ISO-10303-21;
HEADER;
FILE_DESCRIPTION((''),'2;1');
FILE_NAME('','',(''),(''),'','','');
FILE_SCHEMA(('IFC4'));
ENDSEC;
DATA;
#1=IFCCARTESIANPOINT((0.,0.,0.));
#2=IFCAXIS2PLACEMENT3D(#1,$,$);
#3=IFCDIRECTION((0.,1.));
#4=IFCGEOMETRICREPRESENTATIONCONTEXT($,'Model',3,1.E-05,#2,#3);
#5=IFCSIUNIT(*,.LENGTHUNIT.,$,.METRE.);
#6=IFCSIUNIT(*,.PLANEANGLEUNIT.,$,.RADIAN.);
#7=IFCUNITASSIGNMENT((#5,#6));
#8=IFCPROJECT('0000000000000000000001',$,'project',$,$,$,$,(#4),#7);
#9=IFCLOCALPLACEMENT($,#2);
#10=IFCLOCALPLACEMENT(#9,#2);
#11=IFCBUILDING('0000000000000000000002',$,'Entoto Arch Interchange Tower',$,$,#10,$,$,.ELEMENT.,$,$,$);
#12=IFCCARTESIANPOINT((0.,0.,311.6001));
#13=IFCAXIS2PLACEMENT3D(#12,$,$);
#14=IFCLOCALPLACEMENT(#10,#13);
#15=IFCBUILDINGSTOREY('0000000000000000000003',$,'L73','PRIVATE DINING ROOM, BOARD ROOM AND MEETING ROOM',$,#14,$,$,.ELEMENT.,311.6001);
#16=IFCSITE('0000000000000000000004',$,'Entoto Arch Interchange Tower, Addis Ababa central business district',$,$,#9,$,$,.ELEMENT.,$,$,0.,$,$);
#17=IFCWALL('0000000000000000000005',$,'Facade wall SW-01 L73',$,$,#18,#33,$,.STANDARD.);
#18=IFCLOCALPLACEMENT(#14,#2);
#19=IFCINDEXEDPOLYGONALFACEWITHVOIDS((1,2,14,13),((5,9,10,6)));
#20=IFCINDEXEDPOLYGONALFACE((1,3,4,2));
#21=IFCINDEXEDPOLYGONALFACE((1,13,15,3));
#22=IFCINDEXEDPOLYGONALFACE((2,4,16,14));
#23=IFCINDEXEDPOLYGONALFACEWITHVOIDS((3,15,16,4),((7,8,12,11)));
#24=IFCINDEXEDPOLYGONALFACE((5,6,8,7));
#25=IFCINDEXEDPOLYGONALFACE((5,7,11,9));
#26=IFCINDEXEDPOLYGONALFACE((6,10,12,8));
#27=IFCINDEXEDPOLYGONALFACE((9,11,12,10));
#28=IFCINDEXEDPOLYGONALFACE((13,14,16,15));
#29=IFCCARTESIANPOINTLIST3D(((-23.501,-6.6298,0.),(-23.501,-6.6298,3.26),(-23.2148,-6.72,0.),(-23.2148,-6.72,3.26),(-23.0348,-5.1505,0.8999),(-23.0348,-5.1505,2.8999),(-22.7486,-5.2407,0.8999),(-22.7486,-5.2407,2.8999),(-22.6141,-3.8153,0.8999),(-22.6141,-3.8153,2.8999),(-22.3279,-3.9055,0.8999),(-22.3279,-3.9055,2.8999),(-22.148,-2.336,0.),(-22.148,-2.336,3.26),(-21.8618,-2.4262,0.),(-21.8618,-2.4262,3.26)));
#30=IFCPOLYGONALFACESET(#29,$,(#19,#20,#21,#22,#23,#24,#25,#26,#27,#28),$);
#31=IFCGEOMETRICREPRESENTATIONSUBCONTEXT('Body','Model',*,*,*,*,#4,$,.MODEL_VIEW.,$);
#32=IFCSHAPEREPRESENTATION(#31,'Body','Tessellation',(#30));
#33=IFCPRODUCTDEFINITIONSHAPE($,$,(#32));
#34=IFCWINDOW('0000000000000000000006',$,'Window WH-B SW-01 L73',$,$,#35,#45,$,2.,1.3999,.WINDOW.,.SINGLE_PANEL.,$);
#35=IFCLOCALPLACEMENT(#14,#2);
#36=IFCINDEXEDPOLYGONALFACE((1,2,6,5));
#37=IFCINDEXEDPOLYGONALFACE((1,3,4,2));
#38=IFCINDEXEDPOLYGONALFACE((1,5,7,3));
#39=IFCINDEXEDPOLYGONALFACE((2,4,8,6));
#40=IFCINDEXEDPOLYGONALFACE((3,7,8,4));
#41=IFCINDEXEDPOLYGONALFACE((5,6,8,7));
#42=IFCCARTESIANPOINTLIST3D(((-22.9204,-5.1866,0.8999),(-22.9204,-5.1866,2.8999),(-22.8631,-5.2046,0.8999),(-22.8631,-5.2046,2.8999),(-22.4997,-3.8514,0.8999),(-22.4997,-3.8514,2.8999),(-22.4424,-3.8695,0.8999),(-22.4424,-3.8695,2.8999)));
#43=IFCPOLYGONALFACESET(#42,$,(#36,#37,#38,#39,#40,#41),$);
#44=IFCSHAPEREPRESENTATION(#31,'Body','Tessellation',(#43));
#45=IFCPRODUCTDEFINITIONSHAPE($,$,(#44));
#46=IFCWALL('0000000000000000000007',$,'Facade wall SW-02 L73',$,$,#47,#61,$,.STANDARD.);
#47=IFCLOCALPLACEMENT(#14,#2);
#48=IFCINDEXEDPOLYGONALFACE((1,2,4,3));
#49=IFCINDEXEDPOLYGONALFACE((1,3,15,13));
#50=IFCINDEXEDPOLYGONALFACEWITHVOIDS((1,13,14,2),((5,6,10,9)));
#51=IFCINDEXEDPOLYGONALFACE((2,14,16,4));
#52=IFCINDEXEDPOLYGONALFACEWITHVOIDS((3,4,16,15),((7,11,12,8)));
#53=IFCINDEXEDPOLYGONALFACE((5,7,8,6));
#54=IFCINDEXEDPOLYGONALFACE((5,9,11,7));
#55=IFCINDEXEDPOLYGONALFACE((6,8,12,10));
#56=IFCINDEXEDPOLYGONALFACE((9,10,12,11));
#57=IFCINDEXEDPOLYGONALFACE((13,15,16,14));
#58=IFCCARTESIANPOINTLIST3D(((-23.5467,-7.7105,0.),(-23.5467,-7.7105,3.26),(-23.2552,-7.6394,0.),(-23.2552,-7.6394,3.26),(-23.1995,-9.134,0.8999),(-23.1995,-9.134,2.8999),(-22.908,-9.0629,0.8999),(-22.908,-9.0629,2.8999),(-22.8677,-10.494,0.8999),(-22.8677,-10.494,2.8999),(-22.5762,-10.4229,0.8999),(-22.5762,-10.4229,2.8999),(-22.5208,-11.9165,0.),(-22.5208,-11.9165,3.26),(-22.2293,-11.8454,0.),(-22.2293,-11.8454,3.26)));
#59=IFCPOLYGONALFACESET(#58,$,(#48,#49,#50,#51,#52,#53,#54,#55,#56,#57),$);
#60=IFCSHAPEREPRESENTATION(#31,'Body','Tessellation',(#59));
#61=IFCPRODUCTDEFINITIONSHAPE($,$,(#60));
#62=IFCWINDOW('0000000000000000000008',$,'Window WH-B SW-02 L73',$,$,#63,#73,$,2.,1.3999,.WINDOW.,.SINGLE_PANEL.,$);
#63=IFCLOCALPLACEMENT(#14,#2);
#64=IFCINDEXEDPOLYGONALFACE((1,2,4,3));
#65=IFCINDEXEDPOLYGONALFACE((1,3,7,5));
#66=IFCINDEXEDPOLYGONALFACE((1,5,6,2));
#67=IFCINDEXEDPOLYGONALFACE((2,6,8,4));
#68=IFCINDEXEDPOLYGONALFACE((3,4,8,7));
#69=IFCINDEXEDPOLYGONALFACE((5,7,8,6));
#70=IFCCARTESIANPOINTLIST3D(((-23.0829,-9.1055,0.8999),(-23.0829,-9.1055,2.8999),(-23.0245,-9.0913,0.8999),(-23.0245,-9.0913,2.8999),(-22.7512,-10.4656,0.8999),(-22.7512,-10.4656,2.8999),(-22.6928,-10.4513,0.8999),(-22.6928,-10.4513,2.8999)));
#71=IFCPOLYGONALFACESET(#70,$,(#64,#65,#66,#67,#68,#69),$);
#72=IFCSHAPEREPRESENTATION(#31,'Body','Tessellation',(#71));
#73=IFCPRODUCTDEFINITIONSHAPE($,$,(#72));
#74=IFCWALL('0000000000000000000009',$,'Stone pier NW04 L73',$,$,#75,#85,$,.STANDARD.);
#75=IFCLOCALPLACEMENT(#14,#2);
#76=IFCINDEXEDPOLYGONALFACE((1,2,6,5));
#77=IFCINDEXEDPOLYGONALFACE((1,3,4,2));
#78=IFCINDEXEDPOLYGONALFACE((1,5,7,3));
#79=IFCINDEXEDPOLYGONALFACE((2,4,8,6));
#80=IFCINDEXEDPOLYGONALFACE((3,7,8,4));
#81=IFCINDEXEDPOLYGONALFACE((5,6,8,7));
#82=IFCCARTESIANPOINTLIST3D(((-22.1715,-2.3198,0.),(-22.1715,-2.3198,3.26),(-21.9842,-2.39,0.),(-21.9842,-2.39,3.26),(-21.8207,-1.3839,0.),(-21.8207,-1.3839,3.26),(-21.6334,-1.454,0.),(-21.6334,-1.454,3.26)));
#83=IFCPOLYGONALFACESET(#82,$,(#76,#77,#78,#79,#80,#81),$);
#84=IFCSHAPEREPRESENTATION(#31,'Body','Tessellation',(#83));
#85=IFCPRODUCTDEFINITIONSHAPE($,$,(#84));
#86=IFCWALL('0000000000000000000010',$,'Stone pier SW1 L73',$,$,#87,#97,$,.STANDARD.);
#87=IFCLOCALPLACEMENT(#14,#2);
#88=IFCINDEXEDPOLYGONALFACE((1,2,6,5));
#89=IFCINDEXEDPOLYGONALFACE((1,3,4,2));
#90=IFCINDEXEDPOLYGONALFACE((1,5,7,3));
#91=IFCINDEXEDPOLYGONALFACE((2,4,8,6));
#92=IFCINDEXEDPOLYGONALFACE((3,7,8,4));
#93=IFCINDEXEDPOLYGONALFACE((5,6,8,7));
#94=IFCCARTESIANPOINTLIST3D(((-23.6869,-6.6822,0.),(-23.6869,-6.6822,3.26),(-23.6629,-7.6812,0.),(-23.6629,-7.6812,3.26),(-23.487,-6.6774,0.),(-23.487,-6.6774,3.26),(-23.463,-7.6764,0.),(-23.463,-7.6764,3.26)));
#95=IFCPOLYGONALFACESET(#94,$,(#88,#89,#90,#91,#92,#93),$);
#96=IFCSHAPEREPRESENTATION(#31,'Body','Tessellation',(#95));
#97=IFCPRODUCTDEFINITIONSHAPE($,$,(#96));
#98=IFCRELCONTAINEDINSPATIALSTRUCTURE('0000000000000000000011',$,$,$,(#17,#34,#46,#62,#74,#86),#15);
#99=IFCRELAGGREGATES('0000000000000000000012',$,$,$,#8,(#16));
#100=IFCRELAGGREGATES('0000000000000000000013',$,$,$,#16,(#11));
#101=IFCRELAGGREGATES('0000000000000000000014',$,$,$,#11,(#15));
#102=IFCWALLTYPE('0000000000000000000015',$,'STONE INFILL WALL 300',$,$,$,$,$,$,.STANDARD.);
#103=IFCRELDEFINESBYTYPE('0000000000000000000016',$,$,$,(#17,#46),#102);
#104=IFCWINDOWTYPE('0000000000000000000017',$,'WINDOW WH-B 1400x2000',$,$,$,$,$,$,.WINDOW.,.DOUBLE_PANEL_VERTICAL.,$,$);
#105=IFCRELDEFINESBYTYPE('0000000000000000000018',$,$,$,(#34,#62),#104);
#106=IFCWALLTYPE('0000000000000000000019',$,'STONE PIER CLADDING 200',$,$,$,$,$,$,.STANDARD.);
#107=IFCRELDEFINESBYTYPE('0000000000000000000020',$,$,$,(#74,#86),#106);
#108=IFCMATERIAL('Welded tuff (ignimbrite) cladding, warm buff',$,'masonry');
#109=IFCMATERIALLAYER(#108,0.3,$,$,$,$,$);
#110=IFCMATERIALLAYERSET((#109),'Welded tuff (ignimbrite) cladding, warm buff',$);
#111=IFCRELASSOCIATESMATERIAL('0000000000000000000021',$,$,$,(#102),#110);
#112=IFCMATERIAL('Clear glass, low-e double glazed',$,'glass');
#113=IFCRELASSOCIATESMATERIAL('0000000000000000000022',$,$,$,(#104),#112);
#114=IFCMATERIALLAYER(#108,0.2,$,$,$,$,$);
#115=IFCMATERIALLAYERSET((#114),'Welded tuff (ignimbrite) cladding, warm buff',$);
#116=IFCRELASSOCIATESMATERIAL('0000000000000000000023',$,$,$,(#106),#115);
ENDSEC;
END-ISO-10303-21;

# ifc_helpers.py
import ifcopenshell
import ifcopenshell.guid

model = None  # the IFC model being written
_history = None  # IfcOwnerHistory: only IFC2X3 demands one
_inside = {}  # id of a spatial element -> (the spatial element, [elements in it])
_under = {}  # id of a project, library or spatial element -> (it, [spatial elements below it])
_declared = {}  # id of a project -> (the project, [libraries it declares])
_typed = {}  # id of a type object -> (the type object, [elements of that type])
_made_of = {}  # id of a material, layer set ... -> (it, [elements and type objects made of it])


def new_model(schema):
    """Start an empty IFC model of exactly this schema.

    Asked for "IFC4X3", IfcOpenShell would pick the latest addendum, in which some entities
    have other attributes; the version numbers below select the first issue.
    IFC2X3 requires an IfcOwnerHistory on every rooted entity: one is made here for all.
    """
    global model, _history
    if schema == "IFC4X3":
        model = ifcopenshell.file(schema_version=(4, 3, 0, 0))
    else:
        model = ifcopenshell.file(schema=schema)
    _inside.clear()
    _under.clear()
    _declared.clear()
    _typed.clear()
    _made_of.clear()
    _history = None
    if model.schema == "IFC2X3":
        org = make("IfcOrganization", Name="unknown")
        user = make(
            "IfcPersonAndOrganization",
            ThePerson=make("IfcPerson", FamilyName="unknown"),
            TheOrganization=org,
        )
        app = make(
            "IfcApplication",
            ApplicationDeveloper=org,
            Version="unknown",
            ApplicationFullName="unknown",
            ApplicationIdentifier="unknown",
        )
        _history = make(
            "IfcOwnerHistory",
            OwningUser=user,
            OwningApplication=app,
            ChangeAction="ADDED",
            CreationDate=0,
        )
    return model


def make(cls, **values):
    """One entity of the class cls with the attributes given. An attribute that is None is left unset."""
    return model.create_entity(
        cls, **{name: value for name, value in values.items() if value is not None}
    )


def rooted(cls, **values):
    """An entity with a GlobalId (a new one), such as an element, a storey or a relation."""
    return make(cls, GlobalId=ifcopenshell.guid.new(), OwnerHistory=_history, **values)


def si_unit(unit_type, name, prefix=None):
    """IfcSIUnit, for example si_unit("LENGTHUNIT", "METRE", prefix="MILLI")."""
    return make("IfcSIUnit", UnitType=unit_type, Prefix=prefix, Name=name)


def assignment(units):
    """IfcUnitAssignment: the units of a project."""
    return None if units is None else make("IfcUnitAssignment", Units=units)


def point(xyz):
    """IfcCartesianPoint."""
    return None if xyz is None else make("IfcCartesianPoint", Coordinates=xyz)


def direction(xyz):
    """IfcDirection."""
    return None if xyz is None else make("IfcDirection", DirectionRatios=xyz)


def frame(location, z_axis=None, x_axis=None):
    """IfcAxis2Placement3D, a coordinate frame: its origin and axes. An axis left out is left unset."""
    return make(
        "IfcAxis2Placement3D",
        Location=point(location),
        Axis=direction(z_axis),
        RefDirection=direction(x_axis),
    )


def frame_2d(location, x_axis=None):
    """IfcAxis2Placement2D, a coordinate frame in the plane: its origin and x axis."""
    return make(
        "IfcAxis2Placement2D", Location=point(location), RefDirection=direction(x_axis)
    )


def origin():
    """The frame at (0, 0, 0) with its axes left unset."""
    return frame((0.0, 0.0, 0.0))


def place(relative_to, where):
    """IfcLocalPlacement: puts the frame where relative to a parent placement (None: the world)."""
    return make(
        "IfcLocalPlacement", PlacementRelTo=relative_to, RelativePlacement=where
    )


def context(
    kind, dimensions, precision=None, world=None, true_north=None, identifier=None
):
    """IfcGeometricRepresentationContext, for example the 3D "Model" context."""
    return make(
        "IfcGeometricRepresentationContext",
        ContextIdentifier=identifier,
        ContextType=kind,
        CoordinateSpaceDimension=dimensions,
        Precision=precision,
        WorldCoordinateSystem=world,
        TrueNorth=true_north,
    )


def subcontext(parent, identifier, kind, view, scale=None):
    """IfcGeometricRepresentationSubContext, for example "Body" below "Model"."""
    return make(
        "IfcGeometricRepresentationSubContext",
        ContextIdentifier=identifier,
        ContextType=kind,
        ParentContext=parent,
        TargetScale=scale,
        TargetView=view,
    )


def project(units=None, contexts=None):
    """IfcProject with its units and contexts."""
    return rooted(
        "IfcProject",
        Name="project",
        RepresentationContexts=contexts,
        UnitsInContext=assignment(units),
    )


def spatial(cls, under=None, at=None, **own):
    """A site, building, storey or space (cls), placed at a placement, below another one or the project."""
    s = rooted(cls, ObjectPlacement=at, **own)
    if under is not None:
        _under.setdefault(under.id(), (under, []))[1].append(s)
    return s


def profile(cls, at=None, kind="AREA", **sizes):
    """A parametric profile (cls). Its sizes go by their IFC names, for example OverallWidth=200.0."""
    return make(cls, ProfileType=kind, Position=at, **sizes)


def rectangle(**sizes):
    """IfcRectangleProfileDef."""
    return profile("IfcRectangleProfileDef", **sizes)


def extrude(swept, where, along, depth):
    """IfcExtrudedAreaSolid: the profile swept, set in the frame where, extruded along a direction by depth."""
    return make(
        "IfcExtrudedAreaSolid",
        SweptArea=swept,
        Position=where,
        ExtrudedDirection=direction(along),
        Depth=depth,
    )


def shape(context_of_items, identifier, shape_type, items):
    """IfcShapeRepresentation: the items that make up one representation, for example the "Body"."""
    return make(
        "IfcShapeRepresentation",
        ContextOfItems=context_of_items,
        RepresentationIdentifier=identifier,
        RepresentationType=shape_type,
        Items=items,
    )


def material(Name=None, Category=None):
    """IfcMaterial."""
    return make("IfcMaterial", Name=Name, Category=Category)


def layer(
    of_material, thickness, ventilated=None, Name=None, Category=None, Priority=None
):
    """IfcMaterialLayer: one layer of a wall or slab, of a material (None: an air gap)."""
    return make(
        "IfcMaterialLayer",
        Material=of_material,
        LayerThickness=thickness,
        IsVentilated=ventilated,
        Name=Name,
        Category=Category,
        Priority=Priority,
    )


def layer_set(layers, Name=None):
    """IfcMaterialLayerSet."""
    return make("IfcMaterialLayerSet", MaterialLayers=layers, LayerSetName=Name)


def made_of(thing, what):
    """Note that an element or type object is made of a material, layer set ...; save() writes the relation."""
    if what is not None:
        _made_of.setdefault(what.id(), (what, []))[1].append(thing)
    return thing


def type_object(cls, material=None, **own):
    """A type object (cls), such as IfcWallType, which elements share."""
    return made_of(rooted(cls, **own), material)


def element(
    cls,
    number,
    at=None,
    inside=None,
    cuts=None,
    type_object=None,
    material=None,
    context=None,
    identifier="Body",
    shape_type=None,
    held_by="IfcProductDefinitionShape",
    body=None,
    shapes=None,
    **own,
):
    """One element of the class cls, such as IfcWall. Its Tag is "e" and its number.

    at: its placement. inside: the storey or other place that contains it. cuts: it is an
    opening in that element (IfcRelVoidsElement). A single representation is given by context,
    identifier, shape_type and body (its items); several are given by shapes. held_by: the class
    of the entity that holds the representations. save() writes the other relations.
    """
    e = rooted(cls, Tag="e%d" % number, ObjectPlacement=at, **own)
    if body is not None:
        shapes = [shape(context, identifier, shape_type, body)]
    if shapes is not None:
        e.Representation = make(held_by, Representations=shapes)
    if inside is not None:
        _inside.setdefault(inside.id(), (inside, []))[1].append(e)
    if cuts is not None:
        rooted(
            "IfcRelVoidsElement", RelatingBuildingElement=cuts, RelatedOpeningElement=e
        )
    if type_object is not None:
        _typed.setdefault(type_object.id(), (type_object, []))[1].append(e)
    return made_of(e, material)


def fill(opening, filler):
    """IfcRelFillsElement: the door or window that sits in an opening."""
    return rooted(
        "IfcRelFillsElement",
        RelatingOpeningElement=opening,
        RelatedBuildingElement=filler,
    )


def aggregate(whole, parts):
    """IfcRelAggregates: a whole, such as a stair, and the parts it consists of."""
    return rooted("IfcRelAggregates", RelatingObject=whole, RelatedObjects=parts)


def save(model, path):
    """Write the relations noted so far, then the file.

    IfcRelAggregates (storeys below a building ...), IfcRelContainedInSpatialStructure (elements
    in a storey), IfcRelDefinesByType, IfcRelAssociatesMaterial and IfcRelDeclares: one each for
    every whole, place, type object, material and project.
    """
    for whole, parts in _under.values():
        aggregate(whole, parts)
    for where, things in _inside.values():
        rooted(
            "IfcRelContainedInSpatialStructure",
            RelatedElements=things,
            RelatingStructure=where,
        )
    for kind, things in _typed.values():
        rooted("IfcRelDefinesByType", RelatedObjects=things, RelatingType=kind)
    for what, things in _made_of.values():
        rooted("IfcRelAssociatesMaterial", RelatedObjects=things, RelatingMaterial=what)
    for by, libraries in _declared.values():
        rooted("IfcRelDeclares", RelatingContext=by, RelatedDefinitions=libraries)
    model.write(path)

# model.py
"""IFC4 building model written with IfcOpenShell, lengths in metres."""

from ifc_helpers import new_model, si_unit, direction, frame, frame_2d, origin, place, context, subcontext, project, spatial, rectangle, extrude, material, layer, layer_set, type_object, element, fill, save


model = new_model("IFC4")

# Units and contexts
model_context = context("Model", 3, precision=1e-05, world=origin(), true_north=direction((0.0, 1.0)))
body_context = subcontext(model_context, "Body", "Model", "MODEL_VIEW")
ifc_project = project(units=[si_unit("LENGTHUNIT", "METRE"), si_unit("PLANEANGLEUNIT", "RADIAN")], contexts=[model_context])

# Site, building, storey
site_placement = place(None, origin())
site = spatial("IfcSite", under=ifc_project, at=site_placement, Name="Entoto Arch Interchange Tower, Addis Ababa central business district", CompositionType="ELEMENT", RefElevation=0.0)
building_placement = place(site_placement, origin())
building = spatial("IfcBuilding", under=site, at=building_placement, Name="Entoto Arch Interchange Tower", CompositionType="ELEMENT")
storey_placement = place(building_placement, frame((0.0, 0.0, 311.6001)))
storey = spatial("IfcBuildingStorey", under=building, at=storey_placement, Name="L73", Description="PRIVATE DINING ROOM, BOARD ROOM AND MEETING ROOM", CompositionType="ELEMENT", Elevation=311.6001)

# Walls, openings, windows
ifc_material_1 = material(Name="Welded tuff (ignimbrite) cladding, warm buff", Category="masonry")
ifc_layer_1 = layer(ifc_material_1, 0.3)
ifc_layer_set_1 = layer_set([ifc_layer_1], Name="Welded tuff (ignimbrite) cladding, warm buff")
wall_type_1 = type_object("IfcWallType", Name="STONE INFILL WALL 300", PredefinedType="STANDARD", material=ifc_layer_set_1)
wall_1_placement = place(storey_placement, frame((-22.0049, -2.3811, 0.0), z_axis=(0.0, 0.0, 1.0), x_axis=(-0.300534, -0.953771, 0.0)))
wall_1 = element("IfcWall", 1, at=wall_1_placement, inside=storey, type_object=wall_type_1, Name="Facade wall SW-01 L73", PredefinedType="STANDARD", context=body_context, shape_type="SweptSolid", body=[
    extrude(rectangle(XDim=4.502, YDim=0.3, at=frame_2d((2.251, 0.0))), origin(), (0.0, 0.0, 1.0), 3.26),
])
opening_1_placement = place(wall_1_placement, frame((1.551, 0.0, 0.8999)))
opening_1 = element("IfcOpeningElement", 2, at=opening_1_placement, cuts=wall_1, PredefinedType="OPENING", context=body_context, shape_type="SweptSolid", body=[
    extrude(rectangle(XDim=1.3999, YDim=2.0, at=frame_2d((0.7, 1.0))), frame((0.0, 0.1602, 0.0), z_axis=(0.0, -1.0, 0.0), x_axis=(1.0, 0.0, 0.0)), (0.0, 0.0, 1.0), 0.3201),
])
ifc_material_2 = material(Name="Clear glass, low-e double glazed", Category="glass")
window_type = type_object("IfcWindowType", Name="WINDOW WH-B 1400x2000", PartitioningType="DOUBLE_PANEL_VERTICAL", PredefinedType="WINDOW", material=ifc_material_2)
window_1_placement = place(opening_1_placement, origin())
window_1 = element("IfcWindow", 3, at=window_1_placement, inside=storey, type_object=window_type, Name="Window WH-B SW-01 L73", OverallHeight=2.0, OverallWidth=1.3999, PartitioningType="SINGLE_PANEL", PredefinedType="WINDOW", context=body_context, shape_type="SweptSolid", body=[
    extrude(rectangle(XDim=1.3999, YDim=2.0, at=frame_2d((0.7, 1.0))), frame((0.0, 0.03, 0.0), z_axis=(0.0, -1.0, 0.0), x_axis=(1.0, 0.0, 0.0)), (0.0, 0.0, 1.0), 0.0601),
])
fill(opening_1, window_1)
wall_2_placement = place(storey_placement, frame((-23.4009, -7.675, 0.0), z_axis=(0.0, 0.0, 1.0), x_axis=(0.236959, -0.97152, 0.0)))
wall_2 = element("IfcWall", 4, at=wall_2_placement, inside=storey, type_object=wall_type_1, Name="Facade wall SW-02 L73", PredefinedType="STANDARD", context=body_context, shape_type="SweptSolid", body=[
    extrude(rectangle(XDim=4.3293, YDim=0.3, at=frame_2d((2.1646, 0.0))), origin(), (0.0, 0.0, 1.0), 3.26),
])
opening_2_placement = place(wall_2_placement, frame((1.4651, 0.0, 0.8999)))
opening_2 = element("IfcOpeningElement", 5, at=opening_2_placement, cuts=wall_2, PredefinedType="OPENING", context=body_context, shape_type="SweptSolid", body=[
    extrude(rectangle(XDim=1.3999, YDim=2.0, at=frame_2d((0.7, 1.0))), frame((0.0, 0.1602, 0.0), z_axis=(0.0, -1.0, 0.0), x_axis=(1.0, 0.0, 0.0)), (0.0, 0.0, 1.0), 0.3201),
])
window_2_placement = place(opening_2_placement, origin())
window_2 = element("IfcWindow", 6, at=window_2_placement, inside=storey, type_object=window_type, Name="Window WH-B SW-02 L73", OverallHeight=2.0, OverallWidth=1.3999, PartitioningType="SINGLE_PANEL", PredefinedType="WINDOW", context=body_context, shape_type="SweptSolid", body=[
    extrude(rectangle(XDim=1.3999, YDim=2.0, at=frame_2d((0.7, 1.0))), frame((0.0, 0.03, 0.0), z_axis=(0.0, -1.0, 0.0), x_axis=(1.0, 0.0, 0.0)), (0.0, 0.0, 1.0), 0.0601),
])
fill(opening_2, window_2)

# Walls
ifc_layer_2 = layer(ifc_material_1, 0.2)
ifc_layer_set_2 = layer_set([ifc_layer_2], Name="Welded tuff (ignimbrite) cladding, warm buff")
wall_type_2 = type_object("IfcWallType", Name="STONE PIER CLADDING 200", PredefinedType="STANDARD", material=ifc_layer_set_2)
wall_3_placement = place(storey_placement, frame((-21.7271, -1.4189, 0.0), z_axis=(0.0, 0.0, 1.0), x_axis=(-0.350963, -0.936389, 0.0)))
element("IfcWall", 7, at=wall_3_placement, inside=storey, type_object=wall_type_2, Name="Stone pier NW04 L73", PredefinedType="STANDARD", context=body_context, shape_type="SweptSolid", body=[
    extrude(rectangle(XDim=0.9995, YDim=0.2, at=frame_2d((0.4998, 0.0))), origin(), (0.0, 0.0, 1.0), 3.26),
])
wall_4_placement = place(storey_placement, frame((-23.5869, -6.6799, 0.0), z_axis=(0.0, 0.0, 1.0), x_axis=(0.023942, -0.999713, 0.0)))
element("IfcWall", 8, at=wall_4_placement, inside=storey, type_object=wall_type_2, Name="Stone pier SW1 L73", PredefinedType="STANDARD", context=body_context, shape_type="SweptSolid", body=[
    extrude(rectangle(XDim=0.9993, YDim=0.2, at=frame_2d((0.4995, 0.0))), origin(), (0.0, 0.0, 1.0), 3.26),
])

save(model, "model.ifc")
